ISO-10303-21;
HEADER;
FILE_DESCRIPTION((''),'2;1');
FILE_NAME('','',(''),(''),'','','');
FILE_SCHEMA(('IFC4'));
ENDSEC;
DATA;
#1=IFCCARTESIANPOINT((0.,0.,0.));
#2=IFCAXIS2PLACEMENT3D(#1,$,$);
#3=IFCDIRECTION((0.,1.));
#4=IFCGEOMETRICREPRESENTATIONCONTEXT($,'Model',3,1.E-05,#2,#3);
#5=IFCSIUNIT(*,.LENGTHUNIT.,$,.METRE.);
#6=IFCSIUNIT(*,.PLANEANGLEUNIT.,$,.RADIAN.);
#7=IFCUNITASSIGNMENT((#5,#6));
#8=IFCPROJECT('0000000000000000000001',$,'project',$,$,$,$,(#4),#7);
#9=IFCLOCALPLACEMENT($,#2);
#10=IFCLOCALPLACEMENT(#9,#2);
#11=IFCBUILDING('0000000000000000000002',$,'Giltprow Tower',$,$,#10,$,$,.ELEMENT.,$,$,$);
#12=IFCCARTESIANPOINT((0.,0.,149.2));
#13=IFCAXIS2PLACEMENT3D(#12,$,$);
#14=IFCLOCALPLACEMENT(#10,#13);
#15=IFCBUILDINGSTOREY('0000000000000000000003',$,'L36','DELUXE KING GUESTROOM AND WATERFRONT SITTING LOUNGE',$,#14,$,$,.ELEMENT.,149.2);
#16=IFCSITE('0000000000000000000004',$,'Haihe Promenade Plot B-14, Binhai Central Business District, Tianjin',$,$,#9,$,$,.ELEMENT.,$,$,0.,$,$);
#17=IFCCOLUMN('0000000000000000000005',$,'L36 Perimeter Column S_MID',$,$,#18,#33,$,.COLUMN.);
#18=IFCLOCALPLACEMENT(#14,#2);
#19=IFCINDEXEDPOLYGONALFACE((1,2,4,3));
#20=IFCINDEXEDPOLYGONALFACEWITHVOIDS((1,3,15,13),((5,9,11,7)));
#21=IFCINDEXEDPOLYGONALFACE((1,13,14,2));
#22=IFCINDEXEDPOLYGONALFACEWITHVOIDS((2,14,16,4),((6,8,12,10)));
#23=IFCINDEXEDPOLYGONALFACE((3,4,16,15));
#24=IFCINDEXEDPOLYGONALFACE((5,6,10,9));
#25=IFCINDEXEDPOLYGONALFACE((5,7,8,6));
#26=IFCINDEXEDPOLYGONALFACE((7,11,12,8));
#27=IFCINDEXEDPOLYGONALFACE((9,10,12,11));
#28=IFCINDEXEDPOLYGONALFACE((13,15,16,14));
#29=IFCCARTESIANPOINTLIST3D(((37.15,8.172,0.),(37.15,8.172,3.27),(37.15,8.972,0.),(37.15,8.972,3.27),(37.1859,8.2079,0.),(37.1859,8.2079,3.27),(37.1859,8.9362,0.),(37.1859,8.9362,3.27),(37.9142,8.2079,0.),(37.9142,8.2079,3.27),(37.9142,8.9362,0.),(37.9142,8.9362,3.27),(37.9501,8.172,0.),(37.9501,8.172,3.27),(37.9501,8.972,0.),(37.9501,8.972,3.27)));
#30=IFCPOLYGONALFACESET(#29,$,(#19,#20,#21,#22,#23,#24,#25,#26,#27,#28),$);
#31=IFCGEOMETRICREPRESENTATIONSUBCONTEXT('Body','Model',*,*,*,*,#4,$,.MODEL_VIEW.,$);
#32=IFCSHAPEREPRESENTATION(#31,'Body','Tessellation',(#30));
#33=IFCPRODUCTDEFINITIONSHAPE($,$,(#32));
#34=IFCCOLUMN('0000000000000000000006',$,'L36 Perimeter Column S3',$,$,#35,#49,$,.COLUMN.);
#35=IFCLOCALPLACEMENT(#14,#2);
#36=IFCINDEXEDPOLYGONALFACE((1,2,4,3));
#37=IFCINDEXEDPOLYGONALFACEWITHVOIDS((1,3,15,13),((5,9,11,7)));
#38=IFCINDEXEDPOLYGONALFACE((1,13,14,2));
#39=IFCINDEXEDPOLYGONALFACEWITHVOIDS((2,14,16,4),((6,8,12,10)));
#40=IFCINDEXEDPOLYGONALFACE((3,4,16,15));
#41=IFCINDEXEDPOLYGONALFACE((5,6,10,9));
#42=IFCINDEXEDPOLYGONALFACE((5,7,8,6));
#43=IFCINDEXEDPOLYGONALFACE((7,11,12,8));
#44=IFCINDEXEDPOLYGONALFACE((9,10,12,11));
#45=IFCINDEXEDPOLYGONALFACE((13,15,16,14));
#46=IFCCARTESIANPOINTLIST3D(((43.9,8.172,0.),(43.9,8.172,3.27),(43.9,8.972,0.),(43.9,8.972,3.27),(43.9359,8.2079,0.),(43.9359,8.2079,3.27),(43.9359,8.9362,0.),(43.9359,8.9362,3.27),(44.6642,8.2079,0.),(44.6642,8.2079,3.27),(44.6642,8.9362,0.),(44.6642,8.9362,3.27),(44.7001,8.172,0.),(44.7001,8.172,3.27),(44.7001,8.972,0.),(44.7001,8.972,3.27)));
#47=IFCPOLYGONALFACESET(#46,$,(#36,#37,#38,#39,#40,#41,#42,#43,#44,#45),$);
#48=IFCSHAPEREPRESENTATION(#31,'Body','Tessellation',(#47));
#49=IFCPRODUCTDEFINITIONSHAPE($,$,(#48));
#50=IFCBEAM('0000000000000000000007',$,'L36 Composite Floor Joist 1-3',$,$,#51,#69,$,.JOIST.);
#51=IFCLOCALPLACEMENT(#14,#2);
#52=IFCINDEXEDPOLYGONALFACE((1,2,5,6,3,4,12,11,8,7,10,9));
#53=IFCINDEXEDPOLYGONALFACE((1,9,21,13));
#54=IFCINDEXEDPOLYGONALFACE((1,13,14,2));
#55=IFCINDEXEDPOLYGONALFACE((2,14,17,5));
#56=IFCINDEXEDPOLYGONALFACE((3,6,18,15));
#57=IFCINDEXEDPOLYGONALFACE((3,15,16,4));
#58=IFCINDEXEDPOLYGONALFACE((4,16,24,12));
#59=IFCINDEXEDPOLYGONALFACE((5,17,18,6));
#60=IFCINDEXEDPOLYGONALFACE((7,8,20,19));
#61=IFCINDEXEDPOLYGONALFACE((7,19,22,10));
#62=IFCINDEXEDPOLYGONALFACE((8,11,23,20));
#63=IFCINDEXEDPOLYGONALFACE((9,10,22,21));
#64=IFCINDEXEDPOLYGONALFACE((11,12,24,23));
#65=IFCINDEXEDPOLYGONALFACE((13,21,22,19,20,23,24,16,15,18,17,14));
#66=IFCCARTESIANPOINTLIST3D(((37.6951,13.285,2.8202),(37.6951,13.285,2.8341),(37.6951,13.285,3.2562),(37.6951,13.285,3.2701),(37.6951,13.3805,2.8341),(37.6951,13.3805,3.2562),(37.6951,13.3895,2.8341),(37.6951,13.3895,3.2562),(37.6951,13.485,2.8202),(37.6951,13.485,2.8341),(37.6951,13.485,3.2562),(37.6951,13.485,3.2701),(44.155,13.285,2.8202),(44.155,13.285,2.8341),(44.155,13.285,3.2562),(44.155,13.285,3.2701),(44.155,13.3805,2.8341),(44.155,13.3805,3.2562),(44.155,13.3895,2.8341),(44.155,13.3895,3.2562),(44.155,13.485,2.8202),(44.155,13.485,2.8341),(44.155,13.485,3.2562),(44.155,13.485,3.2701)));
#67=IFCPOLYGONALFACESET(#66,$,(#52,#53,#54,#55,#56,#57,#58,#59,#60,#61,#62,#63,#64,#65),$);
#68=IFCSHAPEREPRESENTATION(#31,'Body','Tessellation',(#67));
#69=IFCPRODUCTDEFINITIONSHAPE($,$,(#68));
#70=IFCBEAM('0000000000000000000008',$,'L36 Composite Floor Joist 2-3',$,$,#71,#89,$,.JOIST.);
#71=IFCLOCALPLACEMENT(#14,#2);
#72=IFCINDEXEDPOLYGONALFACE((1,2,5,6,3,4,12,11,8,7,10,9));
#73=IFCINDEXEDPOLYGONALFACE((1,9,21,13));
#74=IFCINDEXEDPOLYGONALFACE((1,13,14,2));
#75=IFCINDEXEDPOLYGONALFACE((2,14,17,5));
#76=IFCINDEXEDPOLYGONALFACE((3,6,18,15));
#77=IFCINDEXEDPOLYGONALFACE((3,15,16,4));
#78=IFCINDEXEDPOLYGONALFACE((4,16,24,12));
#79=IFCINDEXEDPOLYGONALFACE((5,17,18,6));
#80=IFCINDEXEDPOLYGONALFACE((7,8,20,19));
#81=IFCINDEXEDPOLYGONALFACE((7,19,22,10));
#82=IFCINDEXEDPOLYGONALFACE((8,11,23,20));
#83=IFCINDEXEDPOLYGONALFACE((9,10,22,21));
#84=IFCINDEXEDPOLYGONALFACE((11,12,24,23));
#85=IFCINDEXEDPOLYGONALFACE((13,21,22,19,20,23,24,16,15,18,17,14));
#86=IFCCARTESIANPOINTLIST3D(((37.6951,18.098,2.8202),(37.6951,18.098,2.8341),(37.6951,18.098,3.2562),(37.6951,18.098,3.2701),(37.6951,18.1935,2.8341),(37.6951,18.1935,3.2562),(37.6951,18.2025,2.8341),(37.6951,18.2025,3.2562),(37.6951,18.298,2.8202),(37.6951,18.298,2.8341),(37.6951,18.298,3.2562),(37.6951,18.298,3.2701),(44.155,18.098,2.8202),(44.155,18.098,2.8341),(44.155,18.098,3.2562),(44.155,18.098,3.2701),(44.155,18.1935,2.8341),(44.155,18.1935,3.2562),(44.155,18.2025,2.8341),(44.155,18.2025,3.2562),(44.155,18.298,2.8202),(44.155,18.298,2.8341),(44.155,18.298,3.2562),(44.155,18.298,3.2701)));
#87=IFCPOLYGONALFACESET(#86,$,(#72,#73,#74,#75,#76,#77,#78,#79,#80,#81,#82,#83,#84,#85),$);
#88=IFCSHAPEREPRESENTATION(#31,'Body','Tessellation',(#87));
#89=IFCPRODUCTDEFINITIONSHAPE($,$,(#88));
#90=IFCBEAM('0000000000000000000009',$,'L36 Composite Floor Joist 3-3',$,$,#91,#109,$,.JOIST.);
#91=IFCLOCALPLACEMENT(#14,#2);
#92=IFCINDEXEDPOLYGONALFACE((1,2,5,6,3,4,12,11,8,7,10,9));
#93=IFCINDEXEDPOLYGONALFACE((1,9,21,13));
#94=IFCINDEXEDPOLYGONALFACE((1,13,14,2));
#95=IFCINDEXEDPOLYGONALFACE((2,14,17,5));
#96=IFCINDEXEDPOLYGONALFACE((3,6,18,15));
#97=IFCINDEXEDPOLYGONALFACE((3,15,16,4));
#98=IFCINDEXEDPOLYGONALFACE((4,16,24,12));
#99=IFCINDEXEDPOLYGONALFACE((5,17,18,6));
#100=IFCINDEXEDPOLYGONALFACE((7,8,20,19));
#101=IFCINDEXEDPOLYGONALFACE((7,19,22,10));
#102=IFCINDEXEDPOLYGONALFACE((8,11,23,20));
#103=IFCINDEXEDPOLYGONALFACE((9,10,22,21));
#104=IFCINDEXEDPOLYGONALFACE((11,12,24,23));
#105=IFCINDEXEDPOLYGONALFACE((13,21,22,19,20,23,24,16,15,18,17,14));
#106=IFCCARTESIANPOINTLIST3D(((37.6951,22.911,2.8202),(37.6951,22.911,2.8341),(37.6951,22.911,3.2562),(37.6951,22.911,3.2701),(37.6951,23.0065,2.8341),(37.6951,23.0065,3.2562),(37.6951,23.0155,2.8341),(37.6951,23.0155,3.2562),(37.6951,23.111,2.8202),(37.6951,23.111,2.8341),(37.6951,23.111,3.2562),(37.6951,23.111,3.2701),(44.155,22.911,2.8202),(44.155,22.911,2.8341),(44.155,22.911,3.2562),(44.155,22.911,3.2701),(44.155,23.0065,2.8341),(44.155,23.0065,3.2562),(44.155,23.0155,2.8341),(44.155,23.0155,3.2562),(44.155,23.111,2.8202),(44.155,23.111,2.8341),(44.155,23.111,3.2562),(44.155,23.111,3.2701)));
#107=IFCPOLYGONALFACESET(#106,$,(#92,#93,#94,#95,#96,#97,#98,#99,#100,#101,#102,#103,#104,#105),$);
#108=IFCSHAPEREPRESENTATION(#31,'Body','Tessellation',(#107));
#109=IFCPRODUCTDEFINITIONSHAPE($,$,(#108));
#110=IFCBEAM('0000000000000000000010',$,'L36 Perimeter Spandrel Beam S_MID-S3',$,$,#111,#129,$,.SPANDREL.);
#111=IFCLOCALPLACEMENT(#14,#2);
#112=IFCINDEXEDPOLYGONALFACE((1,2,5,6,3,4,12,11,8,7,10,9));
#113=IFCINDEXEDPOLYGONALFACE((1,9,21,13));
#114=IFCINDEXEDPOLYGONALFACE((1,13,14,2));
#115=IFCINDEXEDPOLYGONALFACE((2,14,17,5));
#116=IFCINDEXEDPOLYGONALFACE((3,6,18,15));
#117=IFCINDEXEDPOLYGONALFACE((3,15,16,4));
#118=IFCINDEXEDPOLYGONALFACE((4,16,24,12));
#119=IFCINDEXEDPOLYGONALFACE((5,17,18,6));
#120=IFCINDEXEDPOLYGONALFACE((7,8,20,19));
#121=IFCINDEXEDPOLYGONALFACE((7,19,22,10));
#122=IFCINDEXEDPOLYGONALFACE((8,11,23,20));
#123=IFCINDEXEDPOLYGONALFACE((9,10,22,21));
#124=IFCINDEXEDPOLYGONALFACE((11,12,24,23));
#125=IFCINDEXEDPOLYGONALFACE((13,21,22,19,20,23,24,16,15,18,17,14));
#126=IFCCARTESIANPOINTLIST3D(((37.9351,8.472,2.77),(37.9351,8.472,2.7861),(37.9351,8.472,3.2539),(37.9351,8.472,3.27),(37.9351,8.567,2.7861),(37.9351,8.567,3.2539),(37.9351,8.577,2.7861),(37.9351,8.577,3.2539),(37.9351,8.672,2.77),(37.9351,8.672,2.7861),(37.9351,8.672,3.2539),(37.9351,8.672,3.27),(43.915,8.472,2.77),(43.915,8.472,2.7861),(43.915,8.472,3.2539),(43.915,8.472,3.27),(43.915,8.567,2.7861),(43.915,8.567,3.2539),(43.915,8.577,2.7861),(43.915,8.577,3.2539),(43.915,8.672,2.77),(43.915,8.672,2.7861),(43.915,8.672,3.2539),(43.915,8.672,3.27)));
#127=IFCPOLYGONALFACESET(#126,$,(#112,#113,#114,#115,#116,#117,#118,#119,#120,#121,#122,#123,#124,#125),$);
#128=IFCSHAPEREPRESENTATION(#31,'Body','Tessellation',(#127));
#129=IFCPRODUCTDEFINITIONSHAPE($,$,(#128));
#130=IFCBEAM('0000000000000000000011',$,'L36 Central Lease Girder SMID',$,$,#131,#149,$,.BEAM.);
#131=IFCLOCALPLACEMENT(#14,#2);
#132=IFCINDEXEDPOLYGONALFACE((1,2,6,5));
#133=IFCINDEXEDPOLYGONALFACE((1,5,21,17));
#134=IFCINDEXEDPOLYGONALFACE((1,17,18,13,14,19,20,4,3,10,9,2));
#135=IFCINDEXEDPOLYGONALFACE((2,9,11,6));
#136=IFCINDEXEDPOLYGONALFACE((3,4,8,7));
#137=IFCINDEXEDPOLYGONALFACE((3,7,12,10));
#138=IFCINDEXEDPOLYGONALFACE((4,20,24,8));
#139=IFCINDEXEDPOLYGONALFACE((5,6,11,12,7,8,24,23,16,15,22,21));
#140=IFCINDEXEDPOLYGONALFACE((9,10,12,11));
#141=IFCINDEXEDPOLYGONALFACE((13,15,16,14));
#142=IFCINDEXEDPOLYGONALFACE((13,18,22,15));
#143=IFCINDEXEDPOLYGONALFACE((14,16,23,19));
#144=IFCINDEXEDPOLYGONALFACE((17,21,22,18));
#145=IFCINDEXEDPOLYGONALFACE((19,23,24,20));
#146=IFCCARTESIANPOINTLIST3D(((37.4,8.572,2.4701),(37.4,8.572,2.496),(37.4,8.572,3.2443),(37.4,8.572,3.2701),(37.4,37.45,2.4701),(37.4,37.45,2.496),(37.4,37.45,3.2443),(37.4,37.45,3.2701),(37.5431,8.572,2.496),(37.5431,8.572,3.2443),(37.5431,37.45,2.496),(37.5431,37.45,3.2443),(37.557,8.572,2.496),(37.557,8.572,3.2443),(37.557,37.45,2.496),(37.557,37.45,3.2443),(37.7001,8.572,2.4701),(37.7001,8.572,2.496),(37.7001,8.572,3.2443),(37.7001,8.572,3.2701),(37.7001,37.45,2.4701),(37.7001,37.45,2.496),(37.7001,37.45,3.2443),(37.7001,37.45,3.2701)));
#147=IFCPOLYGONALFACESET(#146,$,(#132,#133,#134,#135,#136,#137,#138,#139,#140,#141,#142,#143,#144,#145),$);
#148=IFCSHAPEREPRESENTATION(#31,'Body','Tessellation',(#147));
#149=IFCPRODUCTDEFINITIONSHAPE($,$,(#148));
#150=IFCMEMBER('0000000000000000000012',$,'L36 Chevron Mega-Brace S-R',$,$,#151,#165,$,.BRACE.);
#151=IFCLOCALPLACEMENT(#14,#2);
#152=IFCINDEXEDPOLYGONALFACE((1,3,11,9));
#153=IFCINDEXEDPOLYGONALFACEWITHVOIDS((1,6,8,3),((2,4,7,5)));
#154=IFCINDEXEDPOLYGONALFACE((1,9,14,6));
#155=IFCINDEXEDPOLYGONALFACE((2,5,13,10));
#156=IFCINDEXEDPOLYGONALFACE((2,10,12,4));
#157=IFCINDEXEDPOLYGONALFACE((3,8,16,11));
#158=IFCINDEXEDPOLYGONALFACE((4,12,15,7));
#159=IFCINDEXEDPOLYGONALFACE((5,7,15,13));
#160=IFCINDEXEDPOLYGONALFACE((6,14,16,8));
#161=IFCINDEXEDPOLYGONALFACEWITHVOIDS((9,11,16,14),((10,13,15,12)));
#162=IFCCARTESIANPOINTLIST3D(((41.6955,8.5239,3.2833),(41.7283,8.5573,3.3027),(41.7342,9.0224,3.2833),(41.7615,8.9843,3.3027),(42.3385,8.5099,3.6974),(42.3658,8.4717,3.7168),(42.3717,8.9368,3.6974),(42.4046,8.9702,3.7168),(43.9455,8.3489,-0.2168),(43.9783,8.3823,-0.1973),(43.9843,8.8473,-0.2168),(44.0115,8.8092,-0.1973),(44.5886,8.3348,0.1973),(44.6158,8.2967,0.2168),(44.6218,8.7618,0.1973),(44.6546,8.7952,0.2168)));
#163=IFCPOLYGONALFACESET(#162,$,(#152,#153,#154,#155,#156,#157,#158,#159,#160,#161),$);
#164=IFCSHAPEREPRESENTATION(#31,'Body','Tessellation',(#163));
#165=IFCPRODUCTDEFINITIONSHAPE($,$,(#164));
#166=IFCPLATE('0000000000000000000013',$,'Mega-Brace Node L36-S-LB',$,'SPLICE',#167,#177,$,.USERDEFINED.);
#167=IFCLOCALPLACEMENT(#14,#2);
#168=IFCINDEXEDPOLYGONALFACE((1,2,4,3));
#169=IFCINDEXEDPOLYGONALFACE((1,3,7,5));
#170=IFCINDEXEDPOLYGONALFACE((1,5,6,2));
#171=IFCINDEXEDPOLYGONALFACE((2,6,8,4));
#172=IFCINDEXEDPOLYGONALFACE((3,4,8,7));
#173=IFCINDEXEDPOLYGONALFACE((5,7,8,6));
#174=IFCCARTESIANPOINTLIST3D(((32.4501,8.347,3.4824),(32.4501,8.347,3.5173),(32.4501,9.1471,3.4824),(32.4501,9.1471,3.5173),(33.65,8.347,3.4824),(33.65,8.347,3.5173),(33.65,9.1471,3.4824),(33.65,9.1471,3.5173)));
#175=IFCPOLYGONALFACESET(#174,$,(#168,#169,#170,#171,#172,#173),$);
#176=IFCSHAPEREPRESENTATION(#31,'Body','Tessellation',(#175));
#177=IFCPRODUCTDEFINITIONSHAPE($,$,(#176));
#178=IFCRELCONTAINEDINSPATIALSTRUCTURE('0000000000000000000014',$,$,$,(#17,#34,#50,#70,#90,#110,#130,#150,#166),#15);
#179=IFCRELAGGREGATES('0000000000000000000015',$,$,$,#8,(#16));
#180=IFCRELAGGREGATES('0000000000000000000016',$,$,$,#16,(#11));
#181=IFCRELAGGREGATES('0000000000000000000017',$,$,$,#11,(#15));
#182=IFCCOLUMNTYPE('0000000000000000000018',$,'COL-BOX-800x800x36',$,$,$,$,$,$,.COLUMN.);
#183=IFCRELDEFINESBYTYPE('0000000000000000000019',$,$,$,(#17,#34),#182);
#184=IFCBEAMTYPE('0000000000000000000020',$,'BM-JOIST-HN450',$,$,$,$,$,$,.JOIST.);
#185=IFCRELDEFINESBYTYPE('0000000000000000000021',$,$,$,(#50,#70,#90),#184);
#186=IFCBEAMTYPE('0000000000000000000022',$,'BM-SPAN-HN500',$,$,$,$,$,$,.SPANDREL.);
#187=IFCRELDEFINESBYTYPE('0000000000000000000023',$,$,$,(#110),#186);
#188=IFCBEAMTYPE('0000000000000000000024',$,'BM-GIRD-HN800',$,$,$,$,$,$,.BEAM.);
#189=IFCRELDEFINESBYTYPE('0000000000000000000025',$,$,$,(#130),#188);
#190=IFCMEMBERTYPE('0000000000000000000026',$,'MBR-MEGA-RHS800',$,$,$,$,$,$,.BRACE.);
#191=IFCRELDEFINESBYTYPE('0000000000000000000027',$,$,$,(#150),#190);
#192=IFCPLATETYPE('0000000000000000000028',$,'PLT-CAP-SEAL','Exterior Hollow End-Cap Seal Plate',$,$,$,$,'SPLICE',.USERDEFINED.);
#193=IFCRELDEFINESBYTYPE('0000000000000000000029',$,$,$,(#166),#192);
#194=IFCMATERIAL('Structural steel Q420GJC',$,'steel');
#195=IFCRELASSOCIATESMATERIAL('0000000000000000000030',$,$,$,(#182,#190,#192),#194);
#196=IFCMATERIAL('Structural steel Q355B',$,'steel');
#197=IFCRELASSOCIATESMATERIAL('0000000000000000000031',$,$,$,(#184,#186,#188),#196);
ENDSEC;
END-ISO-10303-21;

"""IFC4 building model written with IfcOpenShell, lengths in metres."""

from ifc_helpers import new_model, si_unit, direction, frame, origin, origin_2d, place, context, subcontext, project, spatial, rectangle, hollow_rectangle, i_section, extrude, source, transform, mapped, material, material_profile, profile_set, type_object, element, save


model = new_model("IFC4")

# Units and contexts
model_context = context("Model", 3, precision=1e-05, world=origin(), true_north=direction((0.0, 1.0)))
body_context = subcontext(model_context, "Body", "Model", "MODEL_VIEW")
ifc_project = project(units=[si_unit("LENGTHUNIT", "METRE"), si_unit("PLANEANGLEUNIT", "RADIAN")], contexts=[model_context])

# Site, building, storey
site_placement = place(None, origin())
site = spatial("IfcSite", under=ifc_project, at=site_placement, Name="Haihe Promenade Plot B-14, Binhai Central Business District, Tianjin", CompositionType="ELEMENT", RefElevation=0.0)
building_placement = place(site_placement, origin())
building = spatial("IfcBuilding", under=site, at=building_placement, Name="Giltprow Tower", CompositionType="ELEMENT")
storey_placement = place(building_placement, frame((0.0, 0.0, 149.2)))
storey = spatial("IfcBuildingStorey", under=building, at=storey_placement, Name="L36", Description="DELUXE KING GUESTROOM AND WATERFRONT SITTING LOUNGE", CompositionType="ELEMENT", Elevation=149.2)

# Columns
ifc_material_1 = material(Name="Structural steel Q420GJC", Category="steel")
ifc_material_profile_1 = material_profile(ifc_material_1, hollow_rectangle(XDim=0.8, YDim=0.8, WallThickness=0.0359, at=origin_2d()), Name="BOX 800x800x36")
ifc_profile_set_1 = profile_set([ifc_material_profile_1], Name="Structural steel Q420GJC")
column_type = type_object("IfcColumnType", Name="COL-BOX-800x800x36", PredefinedType="COLUMN", material=ifc_profile_set_1)
shared_shape_1 = source(origin(), body_context, "Body", "SweptSolid", [
    extrude(hollow_rectangle(XDim=0.8, YDim=0.8, WallThickness=0.0359, at=origin_2d()), origin(), (0.0, 0.0, 1.0), 3.27),
])
for number, where, z_axis, x_axis, name in (
    (1, (37.55, 8.572, 0.0), (0.0, 0.0, 1.0), (1.0, 0.0, 0.0), "L36 Perimeter Column S_MID"),
    (2, (44.3, 8.572, 0.0), (0.0, 0.0, 1.0), (1.0, 0.0, 0.0), "L36 Perimeter Column S3"),
):
    element("IfcColumn", number, at=place(storey_placement, frame(where, z_axis=z_axis, x_axis=x_axis)), inside=storey, type_object=column_type, Name=name, PredefinedType="COLUMN", context=body_context, shape_type="MappedRepresentation", body=[
        mapped(shared_shape_1, transform((0.0, 0.0, 0.0), x_axis=(1.0, 0.0, 0.0), y_axis=(0.0, 1.0, 0.0), z_axis=(0.0, 0.0, 1.0), scale=1.0)),
    ])

# Beams
ifc_material_2 = material(Name="Structural steel Q355B", Category="steel")
ifc_material_profile_2 = material_profile(ifc_material_2, i_section(OverallWidth=0.2, OverallDepth=0.45, WebThickness=0.009, FlangeThickness=0.0139, at=origin_2d()), Name="HN 450x200x9x14")
ifc_profile_set_2 = profile_set([ifc_material_profile_2], Name="Structural steel Q355B")
beam_type_1 = type_object("IfcBeamType", Name="BM-JOIST-HN450", PredefinedType="JOIST", material=ifc_profile_set_2)
shared_shape_2 = source(origin(), body_context, "Body", "SweptSolid", [
    extrude(i_section(OverallWidth=0.2, OverallDepth=0.45, WebThickness=0.009, FlangeThickness=0.0139, at=origin_2d()), origin(), (0.0, 0.0, 1.0), 6.46),
])
for number, where, z_axis, x_axis, name in (
    (3, (37.6951, 13.385, 3.0452), (1.0, 0.0, 0.0), (0.0, 1.0, 0.0), "L36 Composite Floor Joist 1-3"),
    (4, (37.6951, 18.198, 3.0452), (1.0, 0.0, 0.0), (0.0, 1.0, 0.0), "L36 Composite Floor Joist 2-3"),
    (5, (37.6951, 23.011, 3.0452), (1.0, 0.0, 0.0), (0.0, 1.0, 0.0), "L36 Composite Floor Joist 3-3"),
):
    element("IfcBeam", number, at=place(storey_placement, frame(where, z_axis=z_axis, x_axis=x_axis)), inside=storey, type_object=beam_type_1, Name=name, PredefinedType="JOIST", context=body_context, shape_type="MappedRepresentation", body=[
        mapped(shared_shape_2, transform((0.0, 0.0, 0.0), x_axis=(1.0, 0.0, 0.0), y_axis=(0.0, 1.0, 0.0), z_axis=(0.0, 0.0, 1.0), scale=1.0)),
    ])
ifc_material_profile_3 = material_profile(ifc_material_2, i_section(OverallWidth=0.2, OverallDepth=0.5, WebThickness=0.01, FlangeThickness=0.0161, at=origin_2d()), Name="HN 500x200x10x16")
ifc_profile_set_3 = profile_set([ifc_material_profile_3], Name="Structural steel Q355B")
beam_type_2 = type_object("IfcBeamType", Name="BM-SPAN-HN500", PredefinedType="SPANDREL", material=ifc_profile_set_3)
shared_shape_3 = source(origin(), body_context, "Body", "SweptSolid", [
    extrude(i_section(OverallWidth=0.2, OverallDepth=0.5, WebThickness=0.01, FlangeThickness=0.0161, at=origin_2d()), origin(), (0.0, 0.0, 1.0), 5.98),
])
beam_1_placement = place(storey_placement, frame((37.9351, 8.572, 3.02), z_axis=(1.0, 0.0, 0.0), x_axis=(0.0, 1.0, 0.0)))
element("IfcBeam", 6, at=beam_1_placement, inside=storey, type_object=beam_type_2, Name="L36 Perimeter Spandrel Beam S_MID-S3", PredefinedType="SPANDREL", context=body_context, shape_type="MappedRepresentation", body=[
    mapped(shared_shape_3, transform((0.0, 0.0, 0.0), x_axis=(1.0, 0.0, 0.0), y_axis=(0.0, 1.0, 0.0), z_axis=(0.0, 0.0, 1.0), scale=1.0)),
])
ifc_material_profile_4 = material_profile(ifc_material_2, i_section(OverallWidth=0.3, OverallDepth=0.8, WebThickness=0.0139, FlangeThickness=0.0259, at=origin_2d()), Name="HN 800x300x14x26")
ifc_profile_set_4 = profile_set([ifc_material_profile_4], Name="Structural steel Q355B")
beam_type_3 = type_object("IfcBeamType", Name="BM-GIRD-HN800", PredefinedType="BEAM", material=ifc_profile_set_4)
shared_shape_4 = source(origin(), body_context, "Body", "SweptSolid", [
    extrude(i_section(OverallWidth=0.3, OverallDepth=0.8, WebThickness=0.0139, FlangeThickness=0.0259, at=origin_2d()), origin(), (0.0, 0.0, 1.0), 28.8779),
])
beam_2_placement = place(storey_placement, frame((37.55, 8.572, 2.8701), z_axis=(0.0, 1.0, 0.0), x_axis=(-1.0, 0.0, 0.0)))
element("IfcBeam", 7, at=beam_2_placement, inside=storey, type_object=beam_type_3, Name="L36 Central Lease Girder SMID", PredefinedType="BEAM", context=body_context, shape_type="MappedRepresentation", body=[
    mapped(shared_shape_4, transform((0.0, 0.0, 0.0), x_axis=(1.0, 0.0, 0.0), y_axis=(0.0, 1.0, 0.0), z_axis=(0.0, 0.0, 1.0), scale=1.0)),
])

# Member
ifc_material_profile_5 = material_profile(ifc_material_1, hollow_rectangle(XDim=0.5, YDim=0.8, WallThickness=0.0359, at=origin_2d()), Name="RHS 800x500x36")
ifc_profile_set_5 = profile_set([ifc_material_profile_5], Name="Structural steel Q420GJC")
member_type = type_object("IfcMemberType", Name="MBR-MEGA-RHS800", PredefinedType="BRACE", material=ifc_profile_set_5)
shared_shape_5 = source(origin(), body_context, "Body", "SweptSolid", [
    extrude(hollow_rectangle(XDim=0.5, YDim=0.8, WallThickness=0.0359, at=origin_2d()), origin(), (0.0, 0.0, 1.0), 4.1646),
])
member_placement = place(storey_placement, frame((44.3, 8.572, 0.0), z_axis=(-0.54028, 0.042033, 0.840435), x_axis=(-0.077565, -0.996987, 0.0)))
element("IfcMember", 8, at=member_placement, inside=storey, type_object=member_type, Name="L36 Chevron Mega-Brace S-R", PredefinedType="BRACE", context=body_context, shape_type="MappedRepresentation", body=[
    mapped(shared_shape_5, transform((0.0, 0.0, 0.0), x_axis=(1.0, 0.0, 0.0), y_axis=(0.0, 1.0, 0.0), z_axis=(0.0, 0.0, 1.0), scale=1.0)),
])

# Plate
plate_type = type_object("IfcPlateType", Name="PLT-CAP-SEAL", Description="Exterior Hollow End-Cap Seal Plate", ElementType="SPLICE", PredefinedType="USERDEFINED", material=ifc_material_1)
shared_shape_6 = source(origin(), body_context, "Body", "SweptSolid", [
    extrude(rectangle(XDim=1.2, YDim=0.8, at=origin_2d()), origin(), (0.0, 0.0, 1.0), 0.0349),
])
for number, where, z_axis, x_axis, name in (
    (9, (33.05, 8.7471, 3.4824), (0.0, 0.0, 1.0), (1.0, 0.0, 0.0), "Mega-Brace Node L36-S-LB"),
):
    element("IfcPlate", number, at=place(storey_placement, frame(where, z_axis=z_axis, x_axis=x_axis)), inside=storey, type_object=plate_type, Name=name, ObjectType="SPLICE", PredefinedType="USERDEFINED", context=body_context, shape_type="MappedRepresentation", body=[
        mapped(shared_shape_6, transform((0.0, 0.0, 0.0), x_axis=(1.0, 0.0, 0.0), y_axis=(0.0, 1.0, 0.0), z_axis=(0.0, 0.0, 1.0), scale=1.0)),
    ])

save(model, "model.ifc")
